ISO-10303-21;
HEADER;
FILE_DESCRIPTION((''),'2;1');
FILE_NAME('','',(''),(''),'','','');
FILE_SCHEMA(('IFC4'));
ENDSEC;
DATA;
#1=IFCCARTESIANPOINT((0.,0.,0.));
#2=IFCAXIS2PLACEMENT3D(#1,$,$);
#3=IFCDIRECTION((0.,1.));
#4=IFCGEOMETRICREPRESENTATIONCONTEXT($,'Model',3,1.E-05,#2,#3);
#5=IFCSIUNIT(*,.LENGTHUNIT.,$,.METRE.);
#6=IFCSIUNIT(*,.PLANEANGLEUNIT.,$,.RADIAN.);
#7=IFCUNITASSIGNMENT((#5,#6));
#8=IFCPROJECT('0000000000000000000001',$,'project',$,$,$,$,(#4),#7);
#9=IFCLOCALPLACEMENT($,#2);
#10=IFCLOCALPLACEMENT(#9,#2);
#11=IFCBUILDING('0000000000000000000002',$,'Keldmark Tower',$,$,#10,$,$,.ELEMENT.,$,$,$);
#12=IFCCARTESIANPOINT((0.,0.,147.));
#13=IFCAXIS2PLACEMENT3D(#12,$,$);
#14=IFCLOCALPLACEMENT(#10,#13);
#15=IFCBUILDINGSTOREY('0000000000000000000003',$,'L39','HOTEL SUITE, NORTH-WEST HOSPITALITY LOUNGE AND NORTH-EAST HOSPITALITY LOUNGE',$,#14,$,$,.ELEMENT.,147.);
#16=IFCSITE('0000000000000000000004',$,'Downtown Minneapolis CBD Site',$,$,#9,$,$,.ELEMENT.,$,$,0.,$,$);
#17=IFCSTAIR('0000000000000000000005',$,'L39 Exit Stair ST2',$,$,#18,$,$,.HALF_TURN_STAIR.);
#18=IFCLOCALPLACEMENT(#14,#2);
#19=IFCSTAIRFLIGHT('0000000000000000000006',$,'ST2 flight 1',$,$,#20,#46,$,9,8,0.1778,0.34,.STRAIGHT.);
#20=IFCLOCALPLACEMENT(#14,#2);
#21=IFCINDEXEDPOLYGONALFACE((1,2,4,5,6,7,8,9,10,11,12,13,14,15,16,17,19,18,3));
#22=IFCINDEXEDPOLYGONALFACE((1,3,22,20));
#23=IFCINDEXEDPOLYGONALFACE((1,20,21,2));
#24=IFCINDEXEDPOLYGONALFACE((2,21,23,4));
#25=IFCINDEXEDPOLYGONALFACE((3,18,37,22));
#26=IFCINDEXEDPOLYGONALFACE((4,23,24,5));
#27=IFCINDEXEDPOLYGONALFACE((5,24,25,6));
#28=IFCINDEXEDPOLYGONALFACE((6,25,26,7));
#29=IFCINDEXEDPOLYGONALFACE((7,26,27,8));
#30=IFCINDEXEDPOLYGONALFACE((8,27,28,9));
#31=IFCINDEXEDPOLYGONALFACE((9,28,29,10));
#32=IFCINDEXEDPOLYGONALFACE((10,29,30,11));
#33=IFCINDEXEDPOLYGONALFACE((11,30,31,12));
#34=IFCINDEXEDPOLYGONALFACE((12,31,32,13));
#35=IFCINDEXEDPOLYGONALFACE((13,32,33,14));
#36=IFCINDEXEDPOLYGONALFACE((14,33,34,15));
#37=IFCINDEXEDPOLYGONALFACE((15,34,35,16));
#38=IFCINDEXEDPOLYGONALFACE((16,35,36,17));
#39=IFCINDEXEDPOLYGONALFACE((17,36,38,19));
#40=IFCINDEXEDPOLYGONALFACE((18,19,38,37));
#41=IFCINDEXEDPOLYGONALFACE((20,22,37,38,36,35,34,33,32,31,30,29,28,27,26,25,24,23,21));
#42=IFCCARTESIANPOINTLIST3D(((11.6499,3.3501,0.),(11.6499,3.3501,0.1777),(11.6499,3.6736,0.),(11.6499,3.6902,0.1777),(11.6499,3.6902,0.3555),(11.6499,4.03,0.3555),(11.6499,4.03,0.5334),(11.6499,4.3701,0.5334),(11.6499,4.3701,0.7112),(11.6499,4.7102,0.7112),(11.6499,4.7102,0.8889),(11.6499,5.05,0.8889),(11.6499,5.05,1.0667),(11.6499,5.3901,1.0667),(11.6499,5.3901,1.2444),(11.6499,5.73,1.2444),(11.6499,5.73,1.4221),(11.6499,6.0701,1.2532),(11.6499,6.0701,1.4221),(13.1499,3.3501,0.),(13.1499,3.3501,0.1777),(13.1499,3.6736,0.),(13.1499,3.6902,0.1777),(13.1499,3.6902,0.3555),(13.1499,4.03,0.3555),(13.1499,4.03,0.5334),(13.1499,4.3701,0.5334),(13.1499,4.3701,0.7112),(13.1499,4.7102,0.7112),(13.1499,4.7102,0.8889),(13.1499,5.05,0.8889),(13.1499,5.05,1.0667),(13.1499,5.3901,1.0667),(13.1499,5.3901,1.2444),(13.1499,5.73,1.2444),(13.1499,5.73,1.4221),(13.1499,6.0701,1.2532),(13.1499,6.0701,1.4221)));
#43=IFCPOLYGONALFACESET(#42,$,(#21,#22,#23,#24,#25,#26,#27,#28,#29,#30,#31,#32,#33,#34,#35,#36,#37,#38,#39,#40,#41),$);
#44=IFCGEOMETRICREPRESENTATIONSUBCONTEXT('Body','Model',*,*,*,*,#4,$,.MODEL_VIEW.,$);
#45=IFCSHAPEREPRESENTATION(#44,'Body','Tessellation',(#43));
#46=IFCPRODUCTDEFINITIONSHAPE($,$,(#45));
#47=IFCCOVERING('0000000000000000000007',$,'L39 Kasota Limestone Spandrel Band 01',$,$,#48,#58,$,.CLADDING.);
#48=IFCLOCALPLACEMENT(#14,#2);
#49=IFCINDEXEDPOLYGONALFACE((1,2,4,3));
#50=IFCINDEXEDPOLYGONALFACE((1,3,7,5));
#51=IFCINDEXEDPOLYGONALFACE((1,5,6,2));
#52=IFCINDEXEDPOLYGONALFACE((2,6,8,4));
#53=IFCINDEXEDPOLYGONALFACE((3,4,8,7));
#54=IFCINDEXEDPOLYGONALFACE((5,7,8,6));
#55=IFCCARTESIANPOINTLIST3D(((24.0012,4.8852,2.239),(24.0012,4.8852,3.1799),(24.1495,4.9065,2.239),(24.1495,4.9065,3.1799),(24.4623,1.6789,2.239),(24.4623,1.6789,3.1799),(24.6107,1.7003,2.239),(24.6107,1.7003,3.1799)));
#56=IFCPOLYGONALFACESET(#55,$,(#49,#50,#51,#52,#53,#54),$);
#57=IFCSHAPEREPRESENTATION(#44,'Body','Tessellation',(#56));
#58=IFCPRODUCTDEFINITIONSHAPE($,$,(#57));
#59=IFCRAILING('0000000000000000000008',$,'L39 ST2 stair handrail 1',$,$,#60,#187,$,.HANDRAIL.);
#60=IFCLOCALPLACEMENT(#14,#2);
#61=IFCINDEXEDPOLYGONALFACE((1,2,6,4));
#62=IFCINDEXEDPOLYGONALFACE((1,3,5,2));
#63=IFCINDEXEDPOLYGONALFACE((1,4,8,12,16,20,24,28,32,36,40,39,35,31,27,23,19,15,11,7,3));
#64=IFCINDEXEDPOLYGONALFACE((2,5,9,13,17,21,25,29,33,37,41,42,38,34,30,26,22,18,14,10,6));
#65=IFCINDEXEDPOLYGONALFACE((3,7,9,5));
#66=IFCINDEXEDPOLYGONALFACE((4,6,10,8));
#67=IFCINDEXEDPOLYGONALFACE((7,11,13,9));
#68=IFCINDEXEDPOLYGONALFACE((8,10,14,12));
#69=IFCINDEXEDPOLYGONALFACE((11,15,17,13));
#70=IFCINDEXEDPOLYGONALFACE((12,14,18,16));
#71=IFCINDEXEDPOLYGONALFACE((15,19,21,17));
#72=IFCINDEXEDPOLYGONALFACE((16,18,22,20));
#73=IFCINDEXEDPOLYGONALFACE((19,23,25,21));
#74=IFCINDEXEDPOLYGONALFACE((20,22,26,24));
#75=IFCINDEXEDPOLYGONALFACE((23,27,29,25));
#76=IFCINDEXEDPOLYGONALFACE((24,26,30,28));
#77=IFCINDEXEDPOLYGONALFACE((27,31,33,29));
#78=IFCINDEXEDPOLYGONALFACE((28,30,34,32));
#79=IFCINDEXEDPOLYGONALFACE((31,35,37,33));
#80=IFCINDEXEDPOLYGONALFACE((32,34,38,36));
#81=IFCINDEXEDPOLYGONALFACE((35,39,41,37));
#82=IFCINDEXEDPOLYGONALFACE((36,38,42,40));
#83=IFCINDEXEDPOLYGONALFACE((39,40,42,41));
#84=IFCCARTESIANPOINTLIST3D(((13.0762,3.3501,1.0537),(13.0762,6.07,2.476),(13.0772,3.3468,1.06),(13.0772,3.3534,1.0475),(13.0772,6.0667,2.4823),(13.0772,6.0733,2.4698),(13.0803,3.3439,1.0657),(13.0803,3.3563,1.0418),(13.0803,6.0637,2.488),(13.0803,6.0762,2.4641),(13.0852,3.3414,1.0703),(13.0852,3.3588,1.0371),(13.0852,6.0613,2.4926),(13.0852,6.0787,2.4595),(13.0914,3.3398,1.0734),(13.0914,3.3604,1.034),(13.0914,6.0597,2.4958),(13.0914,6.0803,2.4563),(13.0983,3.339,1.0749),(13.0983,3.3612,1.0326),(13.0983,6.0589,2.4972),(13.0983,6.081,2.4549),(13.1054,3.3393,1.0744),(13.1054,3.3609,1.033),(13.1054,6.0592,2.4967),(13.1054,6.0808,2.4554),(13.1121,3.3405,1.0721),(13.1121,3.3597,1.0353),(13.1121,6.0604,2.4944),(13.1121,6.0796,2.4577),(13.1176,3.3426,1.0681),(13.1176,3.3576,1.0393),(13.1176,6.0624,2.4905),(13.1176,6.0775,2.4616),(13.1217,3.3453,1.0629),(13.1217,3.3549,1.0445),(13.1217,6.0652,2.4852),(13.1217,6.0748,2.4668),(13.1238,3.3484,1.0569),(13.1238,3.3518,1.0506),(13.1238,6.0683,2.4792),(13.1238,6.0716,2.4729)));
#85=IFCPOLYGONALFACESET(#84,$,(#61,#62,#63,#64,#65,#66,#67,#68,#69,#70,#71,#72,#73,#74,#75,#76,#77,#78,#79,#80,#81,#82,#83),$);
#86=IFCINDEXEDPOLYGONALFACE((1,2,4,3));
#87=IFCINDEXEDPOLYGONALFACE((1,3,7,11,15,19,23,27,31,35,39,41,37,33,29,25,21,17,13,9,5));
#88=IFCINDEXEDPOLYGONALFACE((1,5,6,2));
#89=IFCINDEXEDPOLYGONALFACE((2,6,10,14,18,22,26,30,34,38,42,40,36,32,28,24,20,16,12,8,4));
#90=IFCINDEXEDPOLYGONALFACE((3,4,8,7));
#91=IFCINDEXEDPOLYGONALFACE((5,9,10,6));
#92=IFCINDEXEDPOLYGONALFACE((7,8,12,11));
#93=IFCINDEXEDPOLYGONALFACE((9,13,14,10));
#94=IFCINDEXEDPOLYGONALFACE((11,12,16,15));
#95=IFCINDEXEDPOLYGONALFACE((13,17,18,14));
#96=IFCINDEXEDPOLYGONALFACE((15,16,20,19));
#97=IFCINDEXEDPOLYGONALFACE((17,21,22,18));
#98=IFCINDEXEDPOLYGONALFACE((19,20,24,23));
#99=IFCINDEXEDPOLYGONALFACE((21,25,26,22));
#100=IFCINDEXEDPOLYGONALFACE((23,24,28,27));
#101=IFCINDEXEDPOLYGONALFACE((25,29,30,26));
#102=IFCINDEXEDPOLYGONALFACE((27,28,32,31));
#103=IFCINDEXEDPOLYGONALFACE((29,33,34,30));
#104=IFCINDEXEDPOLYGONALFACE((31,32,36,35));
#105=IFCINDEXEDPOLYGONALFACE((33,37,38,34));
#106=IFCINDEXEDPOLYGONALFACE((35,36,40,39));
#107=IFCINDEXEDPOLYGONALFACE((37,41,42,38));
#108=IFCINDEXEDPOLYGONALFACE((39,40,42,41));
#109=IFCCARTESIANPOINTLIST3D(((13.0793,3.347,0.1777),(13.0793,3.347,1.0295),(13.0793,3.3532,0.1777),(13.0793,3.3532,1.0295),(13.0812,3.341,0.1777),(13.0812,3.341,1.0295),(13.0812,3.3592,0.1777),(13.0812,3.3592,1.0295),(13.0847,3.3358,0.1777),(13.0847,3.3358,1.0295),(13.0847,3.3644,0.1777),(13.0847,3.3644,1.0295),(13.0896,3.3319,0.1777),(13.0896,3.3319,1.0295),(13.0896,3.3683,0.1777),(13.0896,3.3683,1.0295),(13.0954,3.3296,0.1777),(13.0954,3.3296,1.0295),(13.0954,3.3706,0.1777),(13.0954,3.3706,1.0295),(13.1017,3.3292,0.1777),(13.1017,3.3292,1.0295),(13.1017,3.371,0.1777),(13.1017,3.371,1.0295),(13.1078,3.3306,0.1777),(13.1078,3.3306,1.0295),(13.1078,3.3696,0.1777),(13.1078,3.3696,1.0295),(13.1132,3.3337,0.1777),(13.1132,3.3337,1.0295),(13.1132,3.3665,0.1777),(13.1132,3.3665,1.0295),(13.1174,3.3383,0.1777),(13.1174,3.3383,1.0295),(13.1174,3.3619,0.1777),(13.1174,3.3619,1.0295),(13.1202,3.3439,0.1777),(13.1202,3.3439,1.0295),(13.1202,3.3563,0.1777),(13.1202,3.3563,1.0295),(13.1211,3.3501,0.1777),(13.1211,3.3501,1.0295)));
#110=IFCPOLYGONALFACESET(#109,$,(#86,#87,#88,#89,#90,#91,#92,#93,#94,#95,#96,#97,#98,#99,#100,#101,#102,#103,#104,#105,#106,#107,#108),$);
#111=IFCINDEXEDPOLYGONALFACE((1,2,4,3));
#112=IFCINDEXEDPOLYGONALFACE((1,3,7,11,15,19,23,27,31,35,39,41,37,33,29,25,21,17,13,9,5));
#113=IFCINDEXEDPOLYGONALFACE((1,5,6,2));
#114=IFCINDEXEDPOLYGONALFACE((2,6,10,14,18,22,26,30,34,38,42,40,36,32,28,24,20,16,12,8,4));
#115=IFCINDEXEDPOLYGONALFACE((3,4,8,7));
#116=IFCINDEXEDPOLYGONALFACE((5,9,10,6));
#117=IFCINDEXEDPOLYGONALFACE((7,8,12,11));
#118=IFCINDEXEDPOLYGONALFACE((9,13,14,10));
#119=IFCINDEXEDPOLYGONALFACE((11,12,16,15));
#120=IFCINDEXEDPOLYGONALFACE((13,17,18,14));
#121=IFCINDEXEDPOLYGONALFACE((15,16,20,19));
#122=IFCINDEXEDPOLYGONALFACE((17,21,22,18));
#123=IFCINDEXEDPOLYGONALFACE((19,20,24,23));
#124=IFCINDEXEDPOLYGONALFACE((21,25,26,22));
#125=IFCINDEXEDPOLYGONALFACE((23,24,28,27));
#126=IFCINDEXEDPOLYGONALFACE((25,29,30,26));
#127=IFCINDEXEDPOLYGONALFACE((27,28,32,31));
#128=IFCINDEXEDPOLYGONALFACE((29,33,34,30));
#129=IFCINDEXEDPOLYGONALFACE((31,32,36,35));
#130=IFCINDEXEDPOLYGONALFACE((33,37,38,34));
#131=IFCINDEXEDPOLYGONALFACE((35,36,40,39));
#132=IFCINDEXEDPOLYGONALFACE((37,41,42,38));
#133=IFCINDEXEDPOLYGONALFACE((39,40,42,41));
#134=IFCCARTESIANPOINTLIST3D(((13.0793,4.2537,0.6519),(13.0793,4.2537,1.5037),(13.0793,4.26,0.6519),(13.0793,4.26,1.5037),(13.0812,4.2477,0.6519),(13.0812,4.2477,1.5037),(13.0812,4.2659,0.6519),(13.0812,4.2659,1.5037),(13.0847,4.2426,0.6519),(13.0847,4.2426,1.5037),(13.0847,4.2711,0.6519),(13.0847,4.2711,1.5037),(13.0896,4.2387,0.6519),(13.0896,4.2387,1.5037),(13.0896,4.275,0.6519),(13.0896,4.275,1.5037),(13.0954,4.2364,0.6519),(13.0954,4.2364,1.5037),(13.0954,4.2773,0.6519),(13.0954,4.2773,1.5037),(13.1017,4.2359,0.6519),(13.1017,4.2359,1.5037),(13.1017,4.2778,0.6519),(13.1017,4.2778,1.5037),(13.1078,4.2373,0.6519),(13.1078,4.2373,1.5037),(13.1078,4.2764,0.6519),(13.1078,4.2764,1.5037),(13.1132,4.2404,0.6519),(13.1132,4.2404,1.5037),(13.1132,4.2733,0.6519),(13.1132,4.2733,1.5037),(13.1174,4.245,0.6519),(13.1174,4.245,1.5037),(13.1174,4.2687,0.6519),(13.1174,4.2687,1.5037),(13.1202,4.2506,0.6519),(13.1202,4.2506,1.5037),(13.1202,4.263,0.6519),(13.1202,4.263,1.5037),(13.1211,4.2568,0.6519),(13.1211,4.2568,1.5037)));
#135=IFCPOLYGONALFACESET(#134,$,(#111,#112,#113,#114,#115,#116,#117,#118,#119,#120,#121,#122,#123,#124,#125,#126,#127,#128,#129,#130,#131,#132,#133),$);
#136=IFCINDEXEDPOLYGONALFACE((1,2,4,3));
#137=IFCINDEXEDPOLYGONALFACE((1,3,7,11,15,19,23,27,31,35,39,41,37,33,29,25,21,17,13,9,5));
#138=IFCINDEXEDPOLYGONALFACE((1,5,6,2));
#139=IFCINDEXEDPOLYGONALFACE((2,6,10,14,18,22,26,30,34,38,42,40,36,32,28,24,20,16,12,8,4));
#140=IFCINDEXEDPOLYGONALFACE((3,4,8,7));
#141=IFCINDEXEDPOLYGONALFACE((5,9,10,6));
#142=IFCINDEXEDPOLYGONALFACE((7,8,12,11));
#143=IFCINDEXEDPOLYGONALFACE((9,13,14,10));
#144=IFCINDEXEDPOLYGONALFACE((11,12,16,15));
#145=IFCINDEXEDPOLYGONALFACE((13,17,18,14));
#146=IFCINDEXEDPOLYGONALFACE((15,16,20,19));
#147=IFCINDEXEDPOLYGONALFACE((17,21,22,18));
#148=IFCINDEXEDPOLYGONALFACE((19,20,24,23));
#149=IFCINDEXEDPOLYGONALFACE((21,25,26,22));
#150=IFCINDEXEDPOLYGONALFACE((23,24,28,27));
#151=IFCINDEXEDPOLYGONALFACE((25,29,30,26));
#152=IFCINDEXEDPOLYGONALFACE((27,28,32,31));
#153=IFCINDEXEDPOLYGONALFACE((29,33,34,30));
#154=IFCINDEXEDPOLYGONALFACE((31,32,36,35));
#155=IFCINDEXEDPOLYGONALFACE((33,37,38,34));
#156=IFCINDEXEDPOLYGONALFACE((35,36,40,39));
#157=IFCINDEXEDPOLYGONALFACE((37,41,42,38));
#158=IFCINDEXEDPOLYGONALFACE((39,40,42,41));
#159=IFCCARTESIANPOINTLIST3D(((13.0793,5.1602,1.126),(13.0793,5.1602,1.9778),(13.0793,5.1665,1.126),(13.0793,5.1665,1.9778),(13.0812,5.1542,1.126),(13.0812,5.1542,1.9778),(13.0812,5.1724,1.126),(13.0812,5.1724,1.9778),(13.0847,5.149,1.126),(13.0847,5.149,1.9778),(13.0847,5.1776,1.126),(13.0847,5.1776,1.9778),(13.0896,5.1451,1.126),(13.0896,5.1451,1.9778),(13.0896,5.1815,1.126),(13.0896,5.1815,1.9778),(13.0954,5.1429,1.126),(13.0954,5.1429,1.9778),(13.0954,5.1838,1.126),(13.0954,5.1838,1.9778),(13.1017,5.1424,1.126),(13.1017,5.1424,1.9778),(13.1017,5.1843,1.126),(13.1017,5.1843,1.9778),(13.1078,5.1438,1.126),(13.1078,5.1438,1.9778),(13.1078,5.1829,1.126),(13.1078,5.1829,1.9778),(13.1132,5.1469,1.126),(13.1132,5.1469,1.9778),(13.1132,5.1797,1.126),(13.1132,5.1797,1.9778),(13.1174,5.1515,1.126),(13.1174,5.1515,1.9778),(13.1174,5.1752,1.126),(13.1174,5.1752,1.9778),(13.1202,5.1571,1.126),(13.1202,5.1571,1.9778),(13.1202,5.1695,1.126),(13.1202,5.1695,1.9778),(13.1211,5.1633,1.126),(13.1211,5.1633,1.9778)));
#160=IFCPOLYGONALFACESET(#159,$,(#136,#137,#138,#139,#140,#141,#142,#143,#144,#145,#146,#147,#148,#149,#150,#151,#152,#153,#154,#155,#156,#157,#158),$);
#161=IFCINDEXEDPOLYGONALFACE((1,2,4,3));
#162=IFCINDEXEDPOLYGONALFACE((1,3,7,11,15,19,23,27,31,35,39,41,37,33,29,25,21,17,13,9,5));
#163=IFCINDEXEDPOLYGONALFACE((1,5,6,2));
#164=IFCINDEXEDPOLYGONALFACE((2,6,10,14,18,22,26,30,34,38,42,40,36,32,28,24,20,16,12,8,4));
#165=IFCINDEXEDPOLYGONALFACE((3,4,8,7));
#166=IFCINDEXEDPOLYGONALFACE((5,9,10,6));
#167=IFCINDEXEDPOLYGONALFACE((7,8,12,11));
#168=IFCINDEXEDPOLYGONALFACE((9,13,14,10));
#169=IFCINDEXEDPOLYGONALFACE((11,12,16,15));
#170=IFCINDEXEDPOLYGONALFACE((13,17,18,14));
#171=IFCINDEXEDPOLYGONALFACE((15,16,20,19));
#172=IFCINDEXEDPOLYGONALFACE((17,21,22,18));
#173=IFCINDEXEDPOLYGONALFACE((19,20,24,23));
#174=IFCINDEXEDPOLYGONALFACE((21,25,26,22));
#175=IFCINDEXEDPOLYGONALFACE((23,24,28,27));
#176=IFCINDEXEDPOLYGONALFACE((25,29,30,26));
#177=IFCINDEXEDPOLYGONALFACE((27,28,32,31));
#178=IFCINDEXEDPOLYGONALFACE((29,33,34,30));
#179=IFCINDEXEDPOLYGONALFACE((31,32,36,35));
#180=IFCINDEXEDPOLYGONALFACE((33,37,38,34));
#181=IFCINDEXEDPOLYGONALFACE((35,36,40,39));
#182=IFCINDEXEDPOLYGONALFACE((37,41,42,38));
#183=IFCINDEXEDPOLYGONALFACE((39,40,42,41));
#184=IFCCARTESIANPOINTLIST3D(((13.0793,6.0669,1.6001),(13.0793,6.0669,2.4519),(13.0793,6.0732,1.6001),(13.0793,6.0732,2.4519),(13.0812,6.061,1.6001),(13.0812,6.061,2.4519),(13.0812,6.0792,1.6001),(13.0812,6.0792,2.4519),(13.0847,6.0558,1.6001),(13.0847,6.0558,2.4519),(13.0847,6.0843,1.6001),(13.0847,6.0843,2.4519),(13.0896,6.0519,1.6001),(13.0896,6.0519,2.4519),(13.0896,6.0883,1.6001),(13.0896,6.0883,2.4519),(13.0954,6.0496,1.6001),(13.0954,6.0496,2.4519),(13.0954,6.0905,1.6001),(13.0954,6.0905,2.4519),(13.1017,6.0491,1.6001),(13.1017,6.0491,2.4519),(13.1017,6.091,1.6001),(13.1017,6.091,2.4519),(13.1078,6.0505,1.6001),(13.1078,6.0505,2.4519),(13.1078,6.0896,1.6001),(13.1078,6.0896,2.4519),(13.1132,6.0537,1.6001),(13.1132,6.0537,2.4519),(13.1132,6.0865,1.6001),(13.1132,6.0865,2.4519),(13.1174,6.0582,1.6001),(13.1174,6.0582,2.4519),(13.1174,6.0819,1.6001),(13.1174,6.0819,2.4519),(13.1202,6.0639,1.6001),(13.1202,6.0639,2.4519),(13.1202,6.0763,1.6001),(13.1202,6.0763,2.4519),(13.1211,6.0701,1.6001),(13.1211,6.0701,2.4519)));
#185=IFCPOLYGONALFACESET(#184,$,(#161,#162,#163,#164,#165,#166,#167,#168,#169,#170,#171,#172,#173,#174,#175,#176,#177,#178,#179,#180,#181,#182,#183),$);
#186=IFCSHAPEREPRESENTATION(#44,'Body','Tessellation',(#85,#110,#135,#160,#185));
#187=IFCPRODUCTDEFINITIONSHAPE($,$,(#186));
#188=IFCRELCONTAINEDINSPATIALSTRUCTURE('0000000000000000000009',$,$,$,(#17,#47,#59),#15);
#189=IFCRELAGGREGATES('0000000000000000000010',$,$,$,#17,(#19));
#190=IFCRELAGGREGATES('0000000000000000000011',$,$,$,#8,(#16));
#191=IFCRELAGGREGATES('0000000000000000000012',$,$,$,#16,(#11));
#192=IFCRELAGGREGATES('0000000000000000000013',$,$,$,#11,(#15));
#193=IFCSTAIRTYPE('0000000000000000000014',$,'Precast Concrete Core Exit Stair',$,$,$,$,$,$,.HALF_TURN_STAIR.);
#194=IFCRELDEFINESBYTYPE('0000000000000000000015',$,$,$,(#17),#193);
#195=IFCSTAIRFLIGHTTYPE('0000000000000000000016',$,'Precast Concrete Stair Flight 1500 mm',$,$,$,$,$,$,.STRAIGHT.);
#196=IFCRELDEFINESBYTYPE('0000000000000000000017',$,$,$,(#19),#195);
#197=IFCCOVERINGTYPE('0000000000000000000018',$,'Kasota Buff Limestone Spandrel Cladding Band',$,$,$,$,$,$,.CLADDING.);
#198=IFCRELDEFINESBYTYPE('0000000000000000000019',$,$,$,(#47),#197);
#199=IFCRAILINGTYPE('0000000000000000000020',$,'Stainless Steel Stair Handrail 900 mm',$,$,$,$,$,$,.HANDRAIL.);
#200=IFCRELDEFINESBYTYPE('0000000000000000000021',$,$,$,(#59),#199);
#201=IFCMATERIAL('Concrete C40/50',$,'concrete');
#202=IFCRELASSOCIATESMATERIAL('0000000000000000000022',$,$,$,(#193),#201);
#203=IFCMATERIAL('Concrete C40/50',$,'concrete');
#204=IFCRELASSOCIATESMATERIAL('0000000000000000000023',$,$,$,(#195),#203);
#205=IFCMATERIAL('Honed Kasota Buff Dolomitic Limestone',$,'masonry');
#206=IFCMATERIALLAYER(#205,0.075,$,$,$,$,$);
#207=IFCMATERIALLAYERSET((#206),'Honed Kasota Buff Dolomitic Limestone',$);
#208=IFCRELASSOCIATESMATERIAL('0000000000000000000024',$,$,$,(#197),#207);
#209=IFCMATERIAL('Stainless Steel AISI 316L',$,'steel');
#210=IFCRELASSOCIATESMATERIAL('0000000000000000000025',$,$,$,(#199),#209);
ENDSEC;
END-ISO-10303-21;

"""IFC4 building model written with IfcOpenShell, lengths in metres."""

from ifc_helpers import new_model, si_unit, direction, frame, origin, origin_2d, place, context, subcontext, project, spatial, polyline, rectangle, circle, outline, extrude, material, layer, layer_set, type_object, element, aggregate, save


model = new_model("IFC4")

# Units and contexts
model_context = context("Model", 3, precision=1e-05, world=origin(), true_north=direction((0.0, 1.0)))
body_context = subcontext(model_context, "Body", "Model", "MODEL_VIEW")
ifc_project = project(units=[si_unit("LENGTHUNIT", "METRE"), si_unit("PLANEANGLEUNIT", "RADIAN")], contexts=[model_context])

# Site, building, storey
site_placement = place(None, origin())
site = spatial("IfcSite", under=ifc_project, at=site_placement, Name="Downtown Minneapolis CBD Site", CompositionType="ELEMENT", RefElevation=0.0)
building_placement = place(site_placement, origin())
building = spatial("IfcBuilding", under=site, at=building_placement, Name="Keldmark Tower", CompositionType="ELEMENT")
storey_placement = place(building_placement, frame((0.0, 0.0, 147.0)))
storey = spatial("IfcBuildingStorey", under=building, at=storey_placement, Name="L39", Description="HOTEL SUITE, NORTH-WEST HOSPITALITY LOUNGE AND NORTH-EAST HOSPITALITY LOUNGE", CompositionType="ELEMENT", Elevation=147.0)

# Stair, stair flight
ifc_material_1 = material(Name="Concrete C40/50", Category="concrete")
stair_type = type_object("IfcStairType", Name="Precast Concrete Core Exit Stair", PredefinedType="HALF_TURN_STAIR", material=ifc_material_1)
stair_placement = place(storey_placement, origin())
stair = element("IfcStair", 1, at=stair_placement, inside=storey, type_object=stair_type, Name="L39 Exit Stair ST2", PredefinedType="HALF_TURN_STAIR")
ifc_material_2 = material(Name="Concrete C40/50", Category="concrete")
stair_flight_type = type_object("IfcStairFlightType", Name="Precast Concrete Stair Flight 1500 mm", PredefinedType="STRAIGHT", material=ifc_material_2)
stair_flight_placement = place(storey_placement, frame((12.3999, 3.3501, 0.0), z_axis=(0.0, 0.0, 1.0), x_axis=(0.0, 1.0, 0.0)))
stair_flight = element("IfcStairFlight", 2, at=stair_flight_placement, type_object=stair_flight_type, Name="ST2 flight 1", NumberOfRisers=9, NumberOfTreads=8, PredefinedType="STRAIGHT", RiserHeight=0.1778, TreadLength=0.34, context=body_context, shape_type="SweptSolid", body=[
    extrude(outline(polyline([(0.0, 0.0), (0.0, 0.1777), (0.3401, 0.1777), (0.3401, 0.3555), (0.6799, 0.3555), (0.6799, 0.5334), (1.02, 0.5334), (1.02, 0.7112), (1.3601, 0.7112), (1.3601, 0.8889), (1.7, 0.8889), (1.7, 1.0667), (2.04, 1.0667), (2.04, 1.2444), (2.3799, 1.2444), (2.3799, 1.4221), (2.72, 1.4221), (2.72, 1.6001), (2.72, 1.2532), (0.3235, 0.0), (0.0, 0.0)])), frame((0.0, 0.75, 0.0), z_axis=(0.0, -1.0, 0.0), x_axis=(1.0, 0.0, 0.0)), (0.0, 0.0, 1.0), 1.5),
])
aggregate(stair, [stair_flight])

# Covering
ifc_material_3 = material(Name="Honed Kasota Buff Dolomitic Limestone", Category="masonry")
ifc_layer_1 = layer(ifc_material_3, 0.075)
ifc_layer_set_1 = layer_set([ifc_layer_1], Name="Honed Kasota Buff Dolomitic Limestone")
covering_type = type_object("IfcCoveringType", Name="Kasota Buff Limestone Spandrel Cladding Band", PredefinedType="CLADDING", material=ifc_layer_set_1)
covering_placement = place(storey_placement, frame((24.3059, 3.2927, 2.239), z_axis=(0.0, 0.0, 1.0), x_axis=(-0.142353, 0.989816, 0.0)))
element("IfcCovering", 3, at=covering_placement, inside=storey, type_object=covering_type, Name="L39 Kasota Limestone Spandrel Band 01", PredefinedType="CLADDING", context=body_context, shape_type="SweptSolid", body=[
    extrude(rectangle(XDim=3.2393, YDim=0.1499, at=origin_2d()), origin(), (0.0, 0.0, 1.0), 0.9409),
])

# Railing
ifc_material_4 = material(Name="Stainless Steel AISI 316L", Category="steel")
railing_type = type_object("IfcRailingType", Name="Stainless Steel Stair Handrail 900 mm", PredefinedType="HANDRAIL", material=ifc_material_4)
railing_placement = place(storey_placement, frame((13.1001, 3.3501, 0.1777)))
element("IfcRailing", 4, at=railing_placement, inside=storey, type_object=railing_type, Name="L39 ST2 stair handrail 1", PredefinedType="HANDRAIL", context=body_context, shape_type="SweptSolid", body=[
    extrude(circle(Radius=0.0239, at=origin_2d()), frame((0.0, 0.0, 0.876), z_axis=(0.0, 0.88615, 0.463398), x_axis=(-1.0, 0.0, 0.0)), (0.0, 0.0, 1.0), 3.0693),
    extrude(circle(Radius=0.021, at=origin_2d()), origin(), (0.0, 0.0, 1.0), 0.8518),
    extrude(circle(Radius=0.021, at=origin_2d()), frame((0.0, 0.9067, 0.4741)), (0.0, 0.0, 1.0), 0.8518),
    extrude(circle(Radius=0.021, at=origin_2d()), frame((0.0, 1.8132, 0.9482)), (0.0, 0.0, 1.0), 0.8518),
    extrude(circle(Radius=0.021, at=origin_2d()), frame((0.0, 2.72, 1.4224)), (0.0, 0.0, 1.0), 0.8518),
])

save(model, "model.ifc")
